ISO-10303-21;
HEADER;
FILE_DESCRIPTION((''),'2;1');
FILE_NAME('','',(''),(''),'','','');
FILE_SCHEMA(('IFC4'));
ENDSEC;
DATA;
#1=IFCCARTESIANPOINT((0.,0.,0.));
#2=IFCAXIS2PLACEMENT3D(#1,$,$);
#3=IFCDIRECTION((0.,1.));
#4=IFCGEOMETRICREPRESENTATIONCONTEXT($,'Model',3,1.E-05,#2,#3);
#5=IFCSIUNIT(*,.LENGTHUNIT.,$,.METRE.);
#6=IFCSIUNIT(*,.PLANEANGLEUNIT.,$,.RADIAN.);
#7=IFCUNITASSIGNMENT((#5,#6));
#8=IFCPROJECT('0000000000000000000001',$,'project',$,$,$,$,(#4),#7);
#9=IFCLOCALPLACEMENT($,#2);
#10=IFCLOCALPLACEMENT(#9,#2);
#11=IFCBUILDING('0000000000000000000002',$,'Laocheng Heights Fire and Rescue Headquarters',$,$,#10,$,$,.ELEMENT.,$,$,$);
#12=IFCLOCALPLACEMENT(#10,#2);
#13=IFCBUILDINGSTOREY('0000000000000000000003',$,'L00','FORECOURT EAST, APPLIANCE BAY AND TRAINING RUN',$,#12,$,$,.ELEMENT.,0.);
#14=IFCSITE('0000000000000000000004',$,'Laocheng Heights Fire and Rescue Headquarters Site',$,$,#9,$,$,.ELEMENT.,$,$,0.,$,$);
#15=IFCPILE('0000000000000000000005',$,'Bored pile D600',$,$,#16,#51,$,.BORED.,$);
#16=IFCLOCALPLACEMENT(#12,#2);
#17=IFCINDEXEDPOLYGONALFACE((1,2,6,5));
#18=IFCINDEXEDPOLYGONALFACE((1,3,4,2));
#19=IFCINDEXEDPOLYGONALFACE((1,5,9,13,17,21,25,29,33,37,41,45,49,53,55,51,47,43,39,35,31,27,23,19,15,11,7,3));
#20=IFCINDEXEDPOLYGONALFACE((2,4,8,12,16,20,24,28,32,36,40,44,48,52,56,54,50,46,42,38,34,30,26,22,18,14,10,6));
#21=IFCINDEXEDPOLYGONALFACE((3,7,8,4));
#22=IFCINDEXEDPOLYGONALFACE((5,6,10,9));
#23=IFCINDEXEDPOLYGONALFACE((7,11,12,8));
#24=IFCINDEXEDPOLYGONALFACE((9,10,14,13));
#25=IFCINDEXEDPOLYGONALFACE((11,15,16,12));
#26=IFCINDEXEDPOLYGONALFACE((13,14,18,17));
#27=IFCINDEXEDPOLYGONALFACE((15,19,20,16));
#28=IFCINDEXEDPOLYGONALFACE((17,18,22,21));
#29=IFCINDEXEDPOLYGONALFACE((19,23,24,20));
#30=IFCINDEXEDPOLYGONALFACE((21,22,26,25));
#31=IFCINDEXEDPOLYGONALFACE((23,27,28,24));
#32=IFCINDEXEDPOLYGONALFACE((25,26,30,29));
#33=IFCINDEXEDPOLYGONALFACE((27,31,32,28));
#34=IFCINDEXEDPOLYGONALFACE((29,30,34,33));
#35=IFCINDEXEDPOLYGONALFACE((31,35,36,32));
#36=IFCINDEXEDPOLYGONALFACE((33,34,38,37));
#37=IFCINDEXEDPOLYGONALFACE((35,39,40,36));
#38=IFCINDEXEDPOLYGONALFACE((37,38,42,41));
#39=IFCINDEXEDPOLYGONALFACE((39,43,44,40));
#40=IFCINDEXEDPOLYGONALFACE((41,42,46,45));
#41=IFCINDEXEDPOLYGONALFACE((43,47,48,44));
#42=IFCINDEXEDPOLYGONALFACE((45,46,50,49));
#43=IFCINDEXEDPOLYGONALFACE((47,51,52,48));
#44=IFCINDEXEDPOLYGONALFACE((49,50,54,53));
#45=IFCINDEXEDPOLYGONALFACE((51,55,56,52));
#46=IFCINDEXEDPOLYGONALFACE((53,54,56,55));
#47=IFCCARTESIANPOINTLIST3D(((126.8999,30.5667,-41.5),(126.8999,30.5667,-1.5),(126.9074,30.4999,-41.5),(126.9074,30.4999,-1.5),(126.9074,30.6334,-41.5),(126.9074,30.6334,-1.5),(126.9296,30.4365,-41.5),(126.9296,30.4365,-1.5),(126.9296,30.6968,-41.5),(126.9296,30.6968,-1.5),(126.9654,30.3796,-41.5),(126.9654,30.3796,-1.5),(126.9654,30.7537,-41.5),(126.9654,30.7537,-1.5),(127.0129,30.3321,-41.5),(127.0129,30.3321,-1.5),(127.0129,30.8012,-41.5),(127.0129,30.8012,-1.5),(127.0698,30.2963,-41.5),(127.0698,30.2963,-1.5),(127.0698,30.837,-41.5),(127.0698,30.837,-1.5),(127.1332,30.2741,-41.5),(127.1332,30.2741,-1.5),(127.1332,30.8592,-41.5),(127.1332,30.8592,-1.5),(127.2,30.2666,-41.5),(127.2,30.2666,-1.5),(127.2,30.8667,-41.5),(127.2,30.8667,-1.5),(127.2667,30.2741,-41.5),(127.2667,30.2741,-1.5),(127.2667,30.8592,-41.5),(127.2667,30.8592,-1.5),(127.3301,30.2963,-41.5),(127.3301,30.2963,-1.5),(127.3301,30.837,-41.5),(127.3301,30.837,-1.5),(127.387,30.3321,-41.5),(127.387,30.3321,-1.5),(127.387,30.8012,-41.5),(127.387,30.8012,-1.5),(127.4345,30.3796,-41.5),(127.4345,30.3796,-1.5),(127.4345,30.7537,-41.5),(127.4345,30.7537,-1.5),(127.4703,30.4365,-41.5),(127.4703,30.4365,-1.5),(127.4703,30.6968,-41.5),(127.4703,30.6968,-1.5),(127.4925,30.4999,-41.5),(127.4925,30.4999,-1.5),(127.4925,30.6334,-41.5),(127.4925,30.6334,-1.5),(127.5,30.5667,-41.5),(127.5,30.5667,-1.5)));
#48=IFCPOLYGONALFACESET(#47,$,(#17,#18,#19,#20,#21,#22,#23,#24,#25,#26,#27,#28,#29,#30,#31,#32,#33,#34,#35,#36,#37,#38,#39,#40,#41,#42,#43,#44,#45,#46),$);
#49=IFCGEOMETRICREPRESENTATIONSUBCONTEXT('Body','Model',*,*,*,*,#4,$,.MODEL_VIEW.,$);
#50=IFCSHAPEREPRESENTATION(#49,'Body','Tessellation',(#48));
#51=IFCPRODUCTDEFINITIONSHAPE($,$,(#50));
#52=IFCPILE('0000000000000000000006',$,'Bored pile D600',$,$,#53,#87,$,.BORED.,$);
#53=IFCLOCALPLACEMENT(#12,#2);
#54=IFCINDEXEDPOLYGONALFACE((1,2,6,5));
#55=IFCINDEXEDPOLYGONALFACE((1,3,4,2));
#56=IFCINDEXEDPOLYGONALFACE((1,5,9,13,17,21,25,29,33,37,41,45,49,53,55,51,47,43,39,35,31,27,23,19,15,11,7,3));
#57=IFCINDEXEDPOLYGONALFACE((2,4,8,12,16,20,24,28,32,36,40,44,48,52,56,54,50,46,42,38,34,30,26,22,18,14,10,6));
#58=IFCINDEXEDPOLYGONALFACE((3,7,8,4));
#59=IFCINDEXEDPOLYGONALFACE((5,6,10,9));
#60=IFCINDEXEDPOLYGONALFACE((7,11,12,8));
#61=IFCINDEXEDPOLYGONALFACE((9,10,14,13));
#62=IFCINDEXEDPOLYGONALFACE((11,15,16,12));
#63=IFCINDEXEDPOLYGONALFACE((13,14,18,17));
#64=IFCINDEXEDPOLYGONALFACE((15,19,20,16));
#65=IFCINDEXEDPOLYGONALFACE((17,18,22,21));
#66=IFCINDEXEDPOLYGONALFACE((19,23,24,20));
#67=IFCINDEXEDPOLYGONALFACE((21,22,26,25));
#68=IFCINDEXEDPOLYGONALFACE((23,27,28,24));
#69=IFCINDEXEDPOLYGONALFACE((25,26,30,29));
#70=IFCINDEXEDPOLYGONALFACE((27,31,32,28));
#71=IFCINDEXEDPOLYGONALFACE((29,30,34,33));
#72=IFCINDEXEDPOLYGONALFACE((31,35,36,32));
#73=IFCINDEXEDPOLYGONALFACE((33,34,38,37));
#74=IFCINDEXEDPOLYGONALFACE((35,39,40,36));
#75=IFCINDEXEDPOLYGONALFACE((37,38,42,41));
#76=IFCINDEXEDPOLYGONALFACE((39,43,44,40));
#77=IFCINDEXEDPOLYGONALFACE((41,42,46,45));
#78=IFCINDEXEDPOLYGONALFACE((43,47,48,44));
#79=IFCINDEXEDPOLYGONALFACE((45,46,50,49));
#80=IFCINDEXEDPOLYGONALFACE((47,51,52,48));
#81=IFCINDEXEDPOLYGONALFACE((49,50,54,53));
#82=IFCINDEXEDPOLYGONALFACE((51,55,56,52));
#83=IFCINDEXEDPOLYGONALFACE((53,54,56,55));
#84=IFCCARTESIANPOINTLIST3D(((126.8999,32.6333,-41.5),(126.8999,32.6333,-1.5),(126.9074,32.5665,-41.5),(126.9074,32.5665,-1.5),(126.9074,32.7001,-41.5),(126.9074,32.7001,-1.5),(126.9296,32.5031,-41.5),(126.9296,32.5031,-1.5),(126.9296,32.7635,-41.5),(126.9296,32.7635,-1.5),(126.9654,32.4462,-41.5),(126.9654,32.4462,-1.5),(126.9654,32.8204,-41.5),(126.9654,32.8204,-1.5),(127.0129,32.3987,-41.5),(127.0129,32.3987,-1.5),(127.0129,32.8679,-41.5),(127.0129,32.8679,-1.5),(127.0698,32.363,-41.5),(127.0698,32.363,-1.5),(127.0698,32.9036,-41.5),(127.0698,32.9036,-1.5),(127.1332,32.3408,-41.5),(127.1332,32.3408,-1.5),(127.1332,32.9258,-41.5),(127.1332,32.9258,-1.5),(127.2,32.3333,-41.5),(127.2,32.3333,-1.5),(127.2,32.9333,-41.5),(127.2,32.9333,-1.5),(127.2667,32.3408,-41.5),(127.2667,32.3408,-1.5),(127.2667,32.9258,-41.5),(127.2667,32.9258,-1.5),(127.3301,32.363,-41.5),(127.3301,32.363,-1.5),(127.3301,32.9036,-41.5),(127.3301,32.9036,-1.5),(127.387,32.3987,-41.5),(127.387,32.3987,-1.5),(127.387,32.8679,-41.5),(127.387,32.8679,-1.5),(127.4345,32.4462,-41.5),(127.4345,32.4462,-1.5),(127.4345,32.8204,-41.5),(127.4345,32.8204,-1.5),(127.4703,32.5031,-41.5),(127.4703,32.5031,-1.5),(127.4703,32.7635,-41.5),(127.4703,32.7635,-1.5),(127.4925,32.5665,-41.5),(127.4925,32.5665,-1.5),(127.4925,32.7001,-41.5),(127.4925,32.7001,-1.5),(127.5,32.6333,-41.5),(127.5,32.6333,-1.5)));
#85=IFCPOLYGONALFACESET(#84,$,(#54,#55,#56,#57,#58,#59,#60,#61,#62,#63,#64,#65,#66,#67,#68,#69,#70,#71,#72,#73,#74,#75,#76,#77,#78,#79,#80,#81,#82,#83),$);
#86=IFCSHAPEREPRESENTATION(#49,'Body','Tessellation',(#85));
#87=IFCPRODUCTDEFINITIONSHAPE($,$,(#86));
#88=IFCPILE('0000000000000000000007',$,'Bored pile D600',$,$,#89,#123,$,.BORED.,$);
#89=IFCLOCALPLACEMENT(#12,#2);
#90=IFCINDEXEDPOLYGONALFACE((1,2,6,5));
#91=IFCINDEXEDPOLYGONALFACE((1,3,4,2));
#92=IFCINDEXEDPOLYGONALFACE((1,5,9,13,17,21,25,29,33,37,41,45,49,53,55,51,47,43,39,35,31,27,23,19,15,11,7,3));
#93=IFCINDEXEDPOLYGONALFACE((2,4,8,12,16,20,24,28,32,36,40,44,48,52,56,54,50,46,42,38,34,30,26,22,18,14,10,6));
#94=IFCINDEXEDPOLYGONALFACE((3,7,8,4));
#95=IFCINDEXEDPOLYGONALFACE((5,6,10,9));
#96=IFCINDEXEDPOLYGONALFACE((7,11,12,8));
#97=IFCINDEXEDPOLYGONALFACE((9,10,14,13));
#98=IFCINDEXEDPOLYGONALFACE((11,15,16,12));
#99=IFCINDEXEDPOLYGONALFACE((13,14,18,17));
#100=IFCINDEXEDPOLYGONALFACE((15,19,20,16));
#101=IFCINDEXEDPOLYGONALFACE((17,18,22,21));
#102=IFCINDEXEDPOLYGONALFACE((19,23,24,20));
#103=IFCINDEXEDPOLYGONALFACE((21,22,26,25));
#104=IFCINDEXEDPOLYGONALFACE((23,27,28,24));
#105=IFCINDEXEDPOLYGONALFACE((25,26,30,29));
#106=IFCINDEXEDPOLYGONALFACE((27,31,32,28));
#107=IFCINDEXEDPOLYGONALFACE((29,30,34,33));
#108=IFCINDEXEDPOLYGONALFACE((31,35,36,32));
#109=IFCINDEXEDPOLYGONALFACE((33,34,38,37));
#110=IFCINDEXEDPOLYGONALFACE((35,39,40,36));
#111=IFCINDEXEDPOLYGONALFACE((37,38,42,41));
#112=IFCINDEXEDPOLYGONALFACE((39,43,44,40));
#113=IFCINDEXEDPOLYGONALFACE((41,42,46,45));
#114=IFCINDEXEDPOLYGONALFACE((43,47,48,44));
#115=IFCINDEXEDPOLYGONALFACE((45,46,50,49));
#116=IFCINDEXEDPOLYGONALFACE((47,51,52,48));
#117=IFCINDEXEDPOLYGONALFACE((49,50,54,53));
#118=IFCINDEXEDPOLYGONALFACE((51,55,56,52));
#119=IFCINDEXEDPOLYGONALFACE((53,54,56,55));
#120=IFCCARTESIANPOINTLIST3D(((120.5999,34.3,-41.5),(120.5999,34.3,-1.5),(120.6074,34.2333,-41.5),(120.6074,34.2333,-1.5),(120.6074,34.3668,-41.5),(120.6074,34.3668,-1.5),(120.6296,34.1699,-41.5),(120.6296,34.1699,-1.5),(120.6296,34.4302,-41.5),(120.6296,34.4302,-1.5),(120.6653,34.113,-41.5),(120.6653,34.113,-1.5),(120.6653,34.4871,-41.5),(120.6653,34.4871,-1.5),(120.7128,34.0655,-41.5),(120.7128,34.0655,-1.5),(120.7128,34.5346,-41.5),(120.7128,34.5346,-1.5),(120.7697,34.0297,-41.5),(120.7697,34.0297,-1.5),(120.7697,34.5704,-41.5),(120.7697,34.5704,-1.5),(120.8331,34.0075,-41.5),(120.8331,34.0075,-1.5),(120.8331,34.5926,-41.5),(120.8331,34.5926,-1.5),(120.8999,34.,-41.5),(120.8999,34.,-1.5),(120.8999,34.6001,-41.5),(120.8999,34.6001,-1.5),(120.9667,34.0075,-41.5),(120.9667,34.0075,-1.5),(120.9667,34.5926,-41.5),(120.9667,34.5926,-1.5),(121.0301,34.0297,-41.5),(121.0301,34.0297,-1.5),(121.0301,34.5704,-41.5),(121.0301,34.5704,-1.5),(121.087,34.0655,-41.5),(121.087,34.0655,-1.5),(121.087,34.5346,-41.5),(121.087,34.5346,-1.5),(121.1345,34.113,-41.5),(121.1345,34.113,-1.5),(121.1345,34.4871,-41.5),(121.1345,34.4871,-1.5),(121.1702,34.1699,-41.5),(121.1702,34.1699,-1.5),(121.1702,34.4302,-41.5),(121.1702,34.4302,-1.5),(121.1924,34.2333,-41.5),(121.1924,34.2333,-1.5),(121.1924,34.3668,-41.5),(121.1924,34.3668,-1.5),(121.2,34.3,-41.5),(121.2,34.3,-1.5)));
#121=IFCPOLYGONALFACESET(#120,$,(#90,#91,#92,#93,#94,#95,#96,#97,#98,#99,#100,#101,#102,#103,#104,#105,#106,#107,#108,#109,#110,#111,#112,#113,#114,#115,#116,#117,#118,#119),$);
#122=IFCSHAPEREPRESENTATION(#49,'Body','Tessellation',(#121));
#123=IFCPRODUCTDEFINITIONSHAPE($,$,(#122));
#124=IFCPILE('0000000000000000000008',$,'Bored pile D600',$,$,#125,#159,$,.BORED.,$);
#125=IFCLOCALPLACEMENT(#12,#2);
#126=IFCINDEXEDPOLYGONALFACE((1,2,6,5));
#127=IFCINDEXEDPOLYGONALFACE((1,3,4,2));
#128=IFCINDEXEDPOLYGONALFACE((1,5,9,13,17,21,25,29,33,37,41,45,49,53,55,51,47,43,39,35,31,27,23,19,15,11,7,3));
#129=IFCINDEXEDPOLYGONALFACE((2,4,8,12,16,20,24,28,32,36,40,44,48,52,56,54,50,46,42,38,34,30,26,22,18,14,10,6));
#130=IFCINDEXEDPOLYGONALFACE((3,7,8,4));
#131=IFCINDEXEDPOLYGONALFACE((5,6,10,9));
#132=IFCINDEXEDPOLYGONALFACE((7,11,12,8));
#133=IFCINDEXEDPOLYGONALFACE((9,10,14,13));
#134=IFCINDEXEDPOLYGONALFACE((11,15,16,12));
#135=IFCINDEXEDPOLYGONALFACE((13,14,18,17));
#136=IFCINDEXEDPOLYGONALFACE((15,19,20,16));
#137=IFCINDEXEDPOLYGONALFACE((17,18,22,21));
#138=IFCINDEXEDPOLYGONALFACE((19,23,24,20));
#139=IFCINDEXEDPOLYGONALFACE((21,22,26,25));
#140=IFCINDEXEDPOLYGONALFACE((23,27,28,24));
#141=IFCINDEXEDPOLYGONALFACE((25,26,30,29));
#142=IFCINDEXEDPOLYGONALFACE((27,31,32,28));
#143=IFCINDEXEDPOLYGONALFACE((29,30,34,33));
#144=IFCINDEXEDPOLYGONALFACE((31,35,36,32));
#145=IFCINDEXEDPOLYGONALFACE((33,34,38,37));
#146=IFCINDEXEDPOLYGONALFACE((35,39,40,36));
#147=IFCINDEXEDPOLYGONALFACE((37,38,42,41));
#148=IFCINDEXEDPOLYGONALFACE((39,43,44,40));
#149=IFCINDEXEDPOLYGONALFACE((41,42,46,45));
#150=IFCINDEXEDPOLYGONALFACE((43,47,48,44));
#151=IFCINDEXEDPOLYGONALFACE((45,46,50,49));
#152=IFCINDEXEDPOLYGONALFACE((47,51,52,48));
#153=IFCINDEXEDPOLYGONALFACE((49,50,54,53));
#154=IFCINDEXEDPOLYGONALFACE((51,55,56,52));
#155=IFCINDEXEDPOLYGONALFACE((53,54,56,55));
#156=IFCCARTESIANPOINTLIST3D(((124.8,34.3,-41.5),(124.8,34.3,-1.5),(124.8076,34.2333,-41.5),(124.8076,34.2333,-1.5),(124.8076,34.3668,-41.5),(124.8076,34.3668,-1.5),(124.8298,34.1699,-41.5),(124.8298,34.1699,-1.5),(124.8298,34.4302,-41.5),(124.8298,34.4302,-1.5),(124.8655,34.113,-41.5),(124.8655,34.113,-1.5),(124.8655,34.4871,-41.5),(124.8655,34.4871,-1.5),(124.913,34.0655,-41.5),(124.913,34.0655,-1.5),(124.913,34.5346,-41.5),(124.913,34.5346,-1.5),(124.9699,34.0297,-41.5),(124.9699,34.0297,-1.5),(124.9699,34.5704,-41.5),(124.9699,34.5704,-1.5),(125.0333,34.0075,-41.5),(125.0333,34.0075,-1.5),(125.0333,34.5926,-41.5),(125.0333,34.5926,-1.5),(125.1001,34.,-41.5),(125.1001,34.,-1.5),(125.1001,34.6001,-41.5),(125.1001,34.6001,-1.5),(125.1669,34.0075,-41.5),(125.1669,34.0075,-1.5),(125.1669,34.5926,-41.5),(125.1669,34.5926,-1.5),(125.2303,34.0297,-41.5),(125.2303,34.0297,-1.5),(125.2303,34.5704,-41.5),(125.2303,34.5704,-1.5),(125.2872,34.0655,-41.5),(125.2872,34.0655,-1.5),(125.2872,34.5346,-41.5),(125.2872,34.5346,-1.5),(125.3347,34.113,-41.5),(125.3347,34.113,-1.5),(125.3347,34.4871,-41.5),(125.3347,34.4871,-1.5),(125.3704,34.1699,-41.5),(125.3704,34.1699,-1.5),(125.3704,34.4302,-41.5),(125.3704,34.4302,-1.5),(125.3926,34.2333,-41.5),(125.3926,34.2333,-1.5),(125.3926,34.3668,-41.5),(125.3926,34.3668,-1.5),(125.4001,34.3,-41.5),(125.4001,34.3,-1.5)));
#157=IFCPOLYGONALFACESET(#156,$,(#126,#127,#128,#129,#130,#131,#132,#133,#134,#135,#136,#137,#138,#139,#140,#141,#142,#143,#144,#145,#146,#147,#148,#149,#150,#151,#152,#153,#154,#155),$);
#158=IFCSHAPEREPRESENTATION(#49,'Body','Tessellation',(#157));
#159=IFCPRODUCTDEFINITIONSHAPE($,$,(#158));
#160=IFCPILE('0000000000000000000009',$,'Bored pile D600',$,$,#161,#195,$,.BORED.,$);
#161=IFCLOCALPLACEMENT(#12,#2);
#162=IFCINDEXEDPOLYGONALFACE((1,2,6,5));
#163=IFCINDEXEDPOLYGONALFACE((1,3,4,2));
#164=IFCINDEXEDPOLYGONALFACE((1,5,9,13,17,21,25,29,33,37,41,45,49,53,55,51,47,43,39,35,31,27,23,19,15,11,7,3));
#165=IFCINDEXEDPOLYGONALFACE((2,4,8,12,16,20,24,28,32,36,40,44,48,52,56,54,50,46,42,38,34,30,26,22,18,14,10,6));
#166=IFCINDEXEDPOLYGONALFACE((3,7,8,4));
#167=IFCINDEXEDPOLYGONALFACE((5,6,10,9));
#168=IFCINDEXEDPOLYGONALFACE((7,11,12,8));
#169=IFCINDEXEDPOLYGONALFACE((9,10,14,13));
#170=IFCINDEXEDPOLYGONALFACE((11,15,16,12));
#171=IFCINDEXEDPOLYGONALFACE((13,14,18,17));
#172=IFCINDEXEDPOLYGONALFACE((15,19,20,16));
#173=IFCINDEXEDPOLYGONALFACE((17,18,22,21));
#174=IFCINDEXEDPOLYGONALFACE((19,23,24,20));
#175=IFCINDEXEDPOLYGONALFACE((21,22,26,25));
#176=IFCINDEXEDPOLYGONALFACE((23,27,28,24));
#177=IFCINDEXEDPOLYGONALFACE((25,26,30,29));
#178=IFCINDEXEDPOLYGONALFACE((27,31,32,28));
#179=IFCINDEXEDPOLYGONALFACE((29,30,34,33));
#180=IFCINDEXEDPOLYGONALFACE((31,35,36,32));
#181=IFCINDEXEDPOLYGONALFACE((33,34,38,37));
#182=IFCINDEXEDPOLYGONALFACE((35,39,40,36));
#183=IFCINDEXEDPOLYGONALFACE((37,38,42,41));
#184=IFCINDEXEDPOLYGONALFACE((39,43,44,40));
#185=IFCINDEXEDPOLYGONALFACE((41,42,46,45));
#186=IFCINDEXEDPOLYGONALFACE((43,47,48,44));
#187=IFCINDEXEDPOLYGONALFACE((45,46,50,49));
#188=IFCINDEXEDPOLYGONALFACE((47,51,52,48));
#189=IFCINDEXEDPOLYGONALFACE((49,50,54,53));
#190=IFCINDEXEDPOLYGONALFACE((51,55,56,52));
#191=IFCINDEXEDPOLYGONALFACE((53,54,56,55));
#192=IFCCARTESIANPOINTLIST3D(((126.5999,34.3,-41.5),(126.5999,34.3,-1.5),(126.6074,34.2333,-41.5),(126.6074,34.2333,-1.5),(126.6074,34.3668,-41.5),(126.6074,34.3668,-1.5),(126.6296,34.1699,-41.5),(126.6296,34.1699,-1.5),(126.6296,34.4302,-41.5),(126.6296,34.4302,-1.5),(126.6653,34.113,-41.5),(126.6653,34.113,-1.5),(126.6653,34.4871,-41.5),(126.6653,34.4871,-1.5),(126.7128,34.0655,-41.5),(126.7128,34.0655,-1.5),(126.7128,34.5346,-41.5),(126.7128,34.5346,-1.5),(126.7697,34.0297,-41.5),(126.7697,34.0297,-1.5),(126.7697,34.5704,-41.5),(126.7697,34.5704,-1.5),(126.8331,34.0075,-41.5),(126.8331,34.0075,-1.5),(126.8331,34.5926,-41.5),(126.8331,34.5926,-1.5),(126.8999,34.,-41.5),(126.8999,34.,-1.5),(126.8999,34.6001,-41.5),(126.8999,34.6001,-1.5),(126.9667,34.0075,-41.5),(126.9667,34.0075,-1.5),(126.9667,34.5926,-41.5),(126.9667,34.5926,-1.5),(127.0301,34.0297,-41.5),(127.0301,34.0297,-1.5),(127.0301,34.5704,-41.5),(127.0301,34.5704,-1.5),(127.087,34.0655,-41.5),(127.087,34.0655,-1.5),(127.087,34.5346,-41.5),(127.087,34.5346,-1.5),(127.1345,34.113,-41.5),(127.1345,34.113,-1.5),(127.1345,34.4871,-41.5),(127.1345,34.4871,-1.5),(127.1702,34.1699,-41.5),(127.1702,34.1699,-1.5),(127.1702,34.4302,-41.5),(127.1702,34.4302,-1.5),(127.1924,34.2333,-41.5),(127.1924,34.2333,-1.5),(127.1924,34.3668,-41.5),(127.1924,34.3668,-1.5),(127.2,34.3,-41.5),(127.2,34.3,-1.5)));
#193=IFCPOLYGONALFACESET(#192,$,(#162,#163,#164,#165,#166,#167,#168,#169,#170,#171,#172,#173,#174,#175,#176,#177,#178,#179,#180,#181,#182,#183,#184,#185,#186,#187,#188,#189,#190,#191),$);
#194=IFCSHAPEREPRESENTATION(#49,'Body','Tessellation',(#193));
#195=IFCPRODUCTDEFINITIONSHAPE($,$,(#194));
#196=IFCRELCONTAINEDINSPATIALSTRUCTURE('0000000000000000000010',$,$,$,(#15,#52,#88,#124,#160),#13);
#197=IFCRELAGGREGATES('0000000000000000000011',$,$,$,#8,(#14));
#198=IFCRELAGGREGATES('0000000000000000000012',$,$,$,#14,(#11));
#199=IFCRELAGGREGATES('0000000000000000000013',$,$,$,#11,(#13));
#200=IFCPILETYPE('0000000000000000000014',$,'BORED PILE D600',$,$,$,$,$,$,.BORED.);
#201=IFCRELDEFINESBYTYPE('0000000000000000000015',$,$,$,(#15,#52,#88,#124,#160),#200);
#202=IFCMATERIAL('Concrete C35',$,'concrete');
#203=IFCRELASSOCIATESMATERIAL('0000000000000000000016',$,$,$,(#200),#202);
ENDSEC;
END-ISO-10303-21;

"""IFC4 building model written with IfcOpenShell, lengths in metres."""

from ifc_helpers import new_model, si_unit, direction, frame, origin, origin_2d, place, context, subcontext, project, spatial, circle, extrude, material, material_profile, profile_set, type_object, element, save


model = new_model("IFC4")

# Units and contexts
model_context = context("Model", 3, precision=1e-05, world=origin(), true_north=direction((0.0, 1.0)))
body_context = subcontext(model_context, "Body", "Model", "MODEL_VIEW")
ifc_project = project(units=[si_unit("LENGTHUNIT", "METRE"), si_unit("PLANEANGLEUNIT", "RADIAN")], contexts=[model_context])

# Site, building, storey
site_placement = place(None, origin())
site = spatial("IfcSite", under=ifc_project, at=site_placement, Name="Laocheng Heights Fire and Rescue Headquarters Site", CompositionType="ELEMENT", RefElevation=0.0)
building_placement = place(site_placement, origin())
building = spatial("IfcBuilding", under=site, at=building_placement, Name="Laocheng Heights Fire and Rescue Headquarters", CompositionType="ELEMENT")
storey_placement = place(building_placement, origin())
storey = spatial("IfcBuildingStorey", under=building, at=storey_placement, Name="L00", Description="FORECOURT EAST, APPLIANCE BAY AND TRAINING RUN", CompositionType="ELEMENT", Elevation=0.0)

# Piles
ifc_material_1 = material(Name="Concrete C35", Category="concrete")
ifc_material_profile_1 = material_profile(ifc_material_1, circle(Radius=0.3, at=origin_2d()), Name="BORED PILE D600")
ifc_profile_set_1 = profile_set([ifc_material_profile_1], Name="Concrete C35")
pile_type_1 = type_object("IfcPileType", Name="BORED PILE D600", PredefinedType="BORED", material=ifc_profile_set_1)
for number, where, z_axis, x_axis, name in (
    (1, (127.2, 30.5667, -1.5), (0.0, 0.0, -1.0), (1.0, 0.0, 0.0), "Bored pile D600"),
    (2, (127.2, 32.6333, -1.5), (0.0, 0.0, -1.0), (1.0, 0.0, 0.0), "Bored pile D600"),
    (3, (120.8999, 34.3, -1.5), (0.0, 0.0, -1.0), (1.0, 0.0, 0.0), "Bored pile D600"),
    (4, (125.1001, 34.3, -1.5), (0.0, 0.0, -1.0), (1.0, 0.0, 0.0), "Bored pile D600"),
    (5, (126.8999, 34.3, -1.5), (0.0, 0.0, -1.0), (1.0, 0.0, 0.0), "Bored pile D600"),
):
    element("IfcPile", number, at=place(storey_placement, frame(where, z_axis=z_axis, x_axis=x_axis)), inside=storey, type_object=pile_type_1, Name=name, PredefinedType="BORED", context=body_context, shape_type="SweptSolid", body=[
        extrude(circle(Radius=0.3, at=origin_2d()), origin(), (0.0, 0.0, 1.0), 40.0),
    ])

save(model, "model.ifc")
